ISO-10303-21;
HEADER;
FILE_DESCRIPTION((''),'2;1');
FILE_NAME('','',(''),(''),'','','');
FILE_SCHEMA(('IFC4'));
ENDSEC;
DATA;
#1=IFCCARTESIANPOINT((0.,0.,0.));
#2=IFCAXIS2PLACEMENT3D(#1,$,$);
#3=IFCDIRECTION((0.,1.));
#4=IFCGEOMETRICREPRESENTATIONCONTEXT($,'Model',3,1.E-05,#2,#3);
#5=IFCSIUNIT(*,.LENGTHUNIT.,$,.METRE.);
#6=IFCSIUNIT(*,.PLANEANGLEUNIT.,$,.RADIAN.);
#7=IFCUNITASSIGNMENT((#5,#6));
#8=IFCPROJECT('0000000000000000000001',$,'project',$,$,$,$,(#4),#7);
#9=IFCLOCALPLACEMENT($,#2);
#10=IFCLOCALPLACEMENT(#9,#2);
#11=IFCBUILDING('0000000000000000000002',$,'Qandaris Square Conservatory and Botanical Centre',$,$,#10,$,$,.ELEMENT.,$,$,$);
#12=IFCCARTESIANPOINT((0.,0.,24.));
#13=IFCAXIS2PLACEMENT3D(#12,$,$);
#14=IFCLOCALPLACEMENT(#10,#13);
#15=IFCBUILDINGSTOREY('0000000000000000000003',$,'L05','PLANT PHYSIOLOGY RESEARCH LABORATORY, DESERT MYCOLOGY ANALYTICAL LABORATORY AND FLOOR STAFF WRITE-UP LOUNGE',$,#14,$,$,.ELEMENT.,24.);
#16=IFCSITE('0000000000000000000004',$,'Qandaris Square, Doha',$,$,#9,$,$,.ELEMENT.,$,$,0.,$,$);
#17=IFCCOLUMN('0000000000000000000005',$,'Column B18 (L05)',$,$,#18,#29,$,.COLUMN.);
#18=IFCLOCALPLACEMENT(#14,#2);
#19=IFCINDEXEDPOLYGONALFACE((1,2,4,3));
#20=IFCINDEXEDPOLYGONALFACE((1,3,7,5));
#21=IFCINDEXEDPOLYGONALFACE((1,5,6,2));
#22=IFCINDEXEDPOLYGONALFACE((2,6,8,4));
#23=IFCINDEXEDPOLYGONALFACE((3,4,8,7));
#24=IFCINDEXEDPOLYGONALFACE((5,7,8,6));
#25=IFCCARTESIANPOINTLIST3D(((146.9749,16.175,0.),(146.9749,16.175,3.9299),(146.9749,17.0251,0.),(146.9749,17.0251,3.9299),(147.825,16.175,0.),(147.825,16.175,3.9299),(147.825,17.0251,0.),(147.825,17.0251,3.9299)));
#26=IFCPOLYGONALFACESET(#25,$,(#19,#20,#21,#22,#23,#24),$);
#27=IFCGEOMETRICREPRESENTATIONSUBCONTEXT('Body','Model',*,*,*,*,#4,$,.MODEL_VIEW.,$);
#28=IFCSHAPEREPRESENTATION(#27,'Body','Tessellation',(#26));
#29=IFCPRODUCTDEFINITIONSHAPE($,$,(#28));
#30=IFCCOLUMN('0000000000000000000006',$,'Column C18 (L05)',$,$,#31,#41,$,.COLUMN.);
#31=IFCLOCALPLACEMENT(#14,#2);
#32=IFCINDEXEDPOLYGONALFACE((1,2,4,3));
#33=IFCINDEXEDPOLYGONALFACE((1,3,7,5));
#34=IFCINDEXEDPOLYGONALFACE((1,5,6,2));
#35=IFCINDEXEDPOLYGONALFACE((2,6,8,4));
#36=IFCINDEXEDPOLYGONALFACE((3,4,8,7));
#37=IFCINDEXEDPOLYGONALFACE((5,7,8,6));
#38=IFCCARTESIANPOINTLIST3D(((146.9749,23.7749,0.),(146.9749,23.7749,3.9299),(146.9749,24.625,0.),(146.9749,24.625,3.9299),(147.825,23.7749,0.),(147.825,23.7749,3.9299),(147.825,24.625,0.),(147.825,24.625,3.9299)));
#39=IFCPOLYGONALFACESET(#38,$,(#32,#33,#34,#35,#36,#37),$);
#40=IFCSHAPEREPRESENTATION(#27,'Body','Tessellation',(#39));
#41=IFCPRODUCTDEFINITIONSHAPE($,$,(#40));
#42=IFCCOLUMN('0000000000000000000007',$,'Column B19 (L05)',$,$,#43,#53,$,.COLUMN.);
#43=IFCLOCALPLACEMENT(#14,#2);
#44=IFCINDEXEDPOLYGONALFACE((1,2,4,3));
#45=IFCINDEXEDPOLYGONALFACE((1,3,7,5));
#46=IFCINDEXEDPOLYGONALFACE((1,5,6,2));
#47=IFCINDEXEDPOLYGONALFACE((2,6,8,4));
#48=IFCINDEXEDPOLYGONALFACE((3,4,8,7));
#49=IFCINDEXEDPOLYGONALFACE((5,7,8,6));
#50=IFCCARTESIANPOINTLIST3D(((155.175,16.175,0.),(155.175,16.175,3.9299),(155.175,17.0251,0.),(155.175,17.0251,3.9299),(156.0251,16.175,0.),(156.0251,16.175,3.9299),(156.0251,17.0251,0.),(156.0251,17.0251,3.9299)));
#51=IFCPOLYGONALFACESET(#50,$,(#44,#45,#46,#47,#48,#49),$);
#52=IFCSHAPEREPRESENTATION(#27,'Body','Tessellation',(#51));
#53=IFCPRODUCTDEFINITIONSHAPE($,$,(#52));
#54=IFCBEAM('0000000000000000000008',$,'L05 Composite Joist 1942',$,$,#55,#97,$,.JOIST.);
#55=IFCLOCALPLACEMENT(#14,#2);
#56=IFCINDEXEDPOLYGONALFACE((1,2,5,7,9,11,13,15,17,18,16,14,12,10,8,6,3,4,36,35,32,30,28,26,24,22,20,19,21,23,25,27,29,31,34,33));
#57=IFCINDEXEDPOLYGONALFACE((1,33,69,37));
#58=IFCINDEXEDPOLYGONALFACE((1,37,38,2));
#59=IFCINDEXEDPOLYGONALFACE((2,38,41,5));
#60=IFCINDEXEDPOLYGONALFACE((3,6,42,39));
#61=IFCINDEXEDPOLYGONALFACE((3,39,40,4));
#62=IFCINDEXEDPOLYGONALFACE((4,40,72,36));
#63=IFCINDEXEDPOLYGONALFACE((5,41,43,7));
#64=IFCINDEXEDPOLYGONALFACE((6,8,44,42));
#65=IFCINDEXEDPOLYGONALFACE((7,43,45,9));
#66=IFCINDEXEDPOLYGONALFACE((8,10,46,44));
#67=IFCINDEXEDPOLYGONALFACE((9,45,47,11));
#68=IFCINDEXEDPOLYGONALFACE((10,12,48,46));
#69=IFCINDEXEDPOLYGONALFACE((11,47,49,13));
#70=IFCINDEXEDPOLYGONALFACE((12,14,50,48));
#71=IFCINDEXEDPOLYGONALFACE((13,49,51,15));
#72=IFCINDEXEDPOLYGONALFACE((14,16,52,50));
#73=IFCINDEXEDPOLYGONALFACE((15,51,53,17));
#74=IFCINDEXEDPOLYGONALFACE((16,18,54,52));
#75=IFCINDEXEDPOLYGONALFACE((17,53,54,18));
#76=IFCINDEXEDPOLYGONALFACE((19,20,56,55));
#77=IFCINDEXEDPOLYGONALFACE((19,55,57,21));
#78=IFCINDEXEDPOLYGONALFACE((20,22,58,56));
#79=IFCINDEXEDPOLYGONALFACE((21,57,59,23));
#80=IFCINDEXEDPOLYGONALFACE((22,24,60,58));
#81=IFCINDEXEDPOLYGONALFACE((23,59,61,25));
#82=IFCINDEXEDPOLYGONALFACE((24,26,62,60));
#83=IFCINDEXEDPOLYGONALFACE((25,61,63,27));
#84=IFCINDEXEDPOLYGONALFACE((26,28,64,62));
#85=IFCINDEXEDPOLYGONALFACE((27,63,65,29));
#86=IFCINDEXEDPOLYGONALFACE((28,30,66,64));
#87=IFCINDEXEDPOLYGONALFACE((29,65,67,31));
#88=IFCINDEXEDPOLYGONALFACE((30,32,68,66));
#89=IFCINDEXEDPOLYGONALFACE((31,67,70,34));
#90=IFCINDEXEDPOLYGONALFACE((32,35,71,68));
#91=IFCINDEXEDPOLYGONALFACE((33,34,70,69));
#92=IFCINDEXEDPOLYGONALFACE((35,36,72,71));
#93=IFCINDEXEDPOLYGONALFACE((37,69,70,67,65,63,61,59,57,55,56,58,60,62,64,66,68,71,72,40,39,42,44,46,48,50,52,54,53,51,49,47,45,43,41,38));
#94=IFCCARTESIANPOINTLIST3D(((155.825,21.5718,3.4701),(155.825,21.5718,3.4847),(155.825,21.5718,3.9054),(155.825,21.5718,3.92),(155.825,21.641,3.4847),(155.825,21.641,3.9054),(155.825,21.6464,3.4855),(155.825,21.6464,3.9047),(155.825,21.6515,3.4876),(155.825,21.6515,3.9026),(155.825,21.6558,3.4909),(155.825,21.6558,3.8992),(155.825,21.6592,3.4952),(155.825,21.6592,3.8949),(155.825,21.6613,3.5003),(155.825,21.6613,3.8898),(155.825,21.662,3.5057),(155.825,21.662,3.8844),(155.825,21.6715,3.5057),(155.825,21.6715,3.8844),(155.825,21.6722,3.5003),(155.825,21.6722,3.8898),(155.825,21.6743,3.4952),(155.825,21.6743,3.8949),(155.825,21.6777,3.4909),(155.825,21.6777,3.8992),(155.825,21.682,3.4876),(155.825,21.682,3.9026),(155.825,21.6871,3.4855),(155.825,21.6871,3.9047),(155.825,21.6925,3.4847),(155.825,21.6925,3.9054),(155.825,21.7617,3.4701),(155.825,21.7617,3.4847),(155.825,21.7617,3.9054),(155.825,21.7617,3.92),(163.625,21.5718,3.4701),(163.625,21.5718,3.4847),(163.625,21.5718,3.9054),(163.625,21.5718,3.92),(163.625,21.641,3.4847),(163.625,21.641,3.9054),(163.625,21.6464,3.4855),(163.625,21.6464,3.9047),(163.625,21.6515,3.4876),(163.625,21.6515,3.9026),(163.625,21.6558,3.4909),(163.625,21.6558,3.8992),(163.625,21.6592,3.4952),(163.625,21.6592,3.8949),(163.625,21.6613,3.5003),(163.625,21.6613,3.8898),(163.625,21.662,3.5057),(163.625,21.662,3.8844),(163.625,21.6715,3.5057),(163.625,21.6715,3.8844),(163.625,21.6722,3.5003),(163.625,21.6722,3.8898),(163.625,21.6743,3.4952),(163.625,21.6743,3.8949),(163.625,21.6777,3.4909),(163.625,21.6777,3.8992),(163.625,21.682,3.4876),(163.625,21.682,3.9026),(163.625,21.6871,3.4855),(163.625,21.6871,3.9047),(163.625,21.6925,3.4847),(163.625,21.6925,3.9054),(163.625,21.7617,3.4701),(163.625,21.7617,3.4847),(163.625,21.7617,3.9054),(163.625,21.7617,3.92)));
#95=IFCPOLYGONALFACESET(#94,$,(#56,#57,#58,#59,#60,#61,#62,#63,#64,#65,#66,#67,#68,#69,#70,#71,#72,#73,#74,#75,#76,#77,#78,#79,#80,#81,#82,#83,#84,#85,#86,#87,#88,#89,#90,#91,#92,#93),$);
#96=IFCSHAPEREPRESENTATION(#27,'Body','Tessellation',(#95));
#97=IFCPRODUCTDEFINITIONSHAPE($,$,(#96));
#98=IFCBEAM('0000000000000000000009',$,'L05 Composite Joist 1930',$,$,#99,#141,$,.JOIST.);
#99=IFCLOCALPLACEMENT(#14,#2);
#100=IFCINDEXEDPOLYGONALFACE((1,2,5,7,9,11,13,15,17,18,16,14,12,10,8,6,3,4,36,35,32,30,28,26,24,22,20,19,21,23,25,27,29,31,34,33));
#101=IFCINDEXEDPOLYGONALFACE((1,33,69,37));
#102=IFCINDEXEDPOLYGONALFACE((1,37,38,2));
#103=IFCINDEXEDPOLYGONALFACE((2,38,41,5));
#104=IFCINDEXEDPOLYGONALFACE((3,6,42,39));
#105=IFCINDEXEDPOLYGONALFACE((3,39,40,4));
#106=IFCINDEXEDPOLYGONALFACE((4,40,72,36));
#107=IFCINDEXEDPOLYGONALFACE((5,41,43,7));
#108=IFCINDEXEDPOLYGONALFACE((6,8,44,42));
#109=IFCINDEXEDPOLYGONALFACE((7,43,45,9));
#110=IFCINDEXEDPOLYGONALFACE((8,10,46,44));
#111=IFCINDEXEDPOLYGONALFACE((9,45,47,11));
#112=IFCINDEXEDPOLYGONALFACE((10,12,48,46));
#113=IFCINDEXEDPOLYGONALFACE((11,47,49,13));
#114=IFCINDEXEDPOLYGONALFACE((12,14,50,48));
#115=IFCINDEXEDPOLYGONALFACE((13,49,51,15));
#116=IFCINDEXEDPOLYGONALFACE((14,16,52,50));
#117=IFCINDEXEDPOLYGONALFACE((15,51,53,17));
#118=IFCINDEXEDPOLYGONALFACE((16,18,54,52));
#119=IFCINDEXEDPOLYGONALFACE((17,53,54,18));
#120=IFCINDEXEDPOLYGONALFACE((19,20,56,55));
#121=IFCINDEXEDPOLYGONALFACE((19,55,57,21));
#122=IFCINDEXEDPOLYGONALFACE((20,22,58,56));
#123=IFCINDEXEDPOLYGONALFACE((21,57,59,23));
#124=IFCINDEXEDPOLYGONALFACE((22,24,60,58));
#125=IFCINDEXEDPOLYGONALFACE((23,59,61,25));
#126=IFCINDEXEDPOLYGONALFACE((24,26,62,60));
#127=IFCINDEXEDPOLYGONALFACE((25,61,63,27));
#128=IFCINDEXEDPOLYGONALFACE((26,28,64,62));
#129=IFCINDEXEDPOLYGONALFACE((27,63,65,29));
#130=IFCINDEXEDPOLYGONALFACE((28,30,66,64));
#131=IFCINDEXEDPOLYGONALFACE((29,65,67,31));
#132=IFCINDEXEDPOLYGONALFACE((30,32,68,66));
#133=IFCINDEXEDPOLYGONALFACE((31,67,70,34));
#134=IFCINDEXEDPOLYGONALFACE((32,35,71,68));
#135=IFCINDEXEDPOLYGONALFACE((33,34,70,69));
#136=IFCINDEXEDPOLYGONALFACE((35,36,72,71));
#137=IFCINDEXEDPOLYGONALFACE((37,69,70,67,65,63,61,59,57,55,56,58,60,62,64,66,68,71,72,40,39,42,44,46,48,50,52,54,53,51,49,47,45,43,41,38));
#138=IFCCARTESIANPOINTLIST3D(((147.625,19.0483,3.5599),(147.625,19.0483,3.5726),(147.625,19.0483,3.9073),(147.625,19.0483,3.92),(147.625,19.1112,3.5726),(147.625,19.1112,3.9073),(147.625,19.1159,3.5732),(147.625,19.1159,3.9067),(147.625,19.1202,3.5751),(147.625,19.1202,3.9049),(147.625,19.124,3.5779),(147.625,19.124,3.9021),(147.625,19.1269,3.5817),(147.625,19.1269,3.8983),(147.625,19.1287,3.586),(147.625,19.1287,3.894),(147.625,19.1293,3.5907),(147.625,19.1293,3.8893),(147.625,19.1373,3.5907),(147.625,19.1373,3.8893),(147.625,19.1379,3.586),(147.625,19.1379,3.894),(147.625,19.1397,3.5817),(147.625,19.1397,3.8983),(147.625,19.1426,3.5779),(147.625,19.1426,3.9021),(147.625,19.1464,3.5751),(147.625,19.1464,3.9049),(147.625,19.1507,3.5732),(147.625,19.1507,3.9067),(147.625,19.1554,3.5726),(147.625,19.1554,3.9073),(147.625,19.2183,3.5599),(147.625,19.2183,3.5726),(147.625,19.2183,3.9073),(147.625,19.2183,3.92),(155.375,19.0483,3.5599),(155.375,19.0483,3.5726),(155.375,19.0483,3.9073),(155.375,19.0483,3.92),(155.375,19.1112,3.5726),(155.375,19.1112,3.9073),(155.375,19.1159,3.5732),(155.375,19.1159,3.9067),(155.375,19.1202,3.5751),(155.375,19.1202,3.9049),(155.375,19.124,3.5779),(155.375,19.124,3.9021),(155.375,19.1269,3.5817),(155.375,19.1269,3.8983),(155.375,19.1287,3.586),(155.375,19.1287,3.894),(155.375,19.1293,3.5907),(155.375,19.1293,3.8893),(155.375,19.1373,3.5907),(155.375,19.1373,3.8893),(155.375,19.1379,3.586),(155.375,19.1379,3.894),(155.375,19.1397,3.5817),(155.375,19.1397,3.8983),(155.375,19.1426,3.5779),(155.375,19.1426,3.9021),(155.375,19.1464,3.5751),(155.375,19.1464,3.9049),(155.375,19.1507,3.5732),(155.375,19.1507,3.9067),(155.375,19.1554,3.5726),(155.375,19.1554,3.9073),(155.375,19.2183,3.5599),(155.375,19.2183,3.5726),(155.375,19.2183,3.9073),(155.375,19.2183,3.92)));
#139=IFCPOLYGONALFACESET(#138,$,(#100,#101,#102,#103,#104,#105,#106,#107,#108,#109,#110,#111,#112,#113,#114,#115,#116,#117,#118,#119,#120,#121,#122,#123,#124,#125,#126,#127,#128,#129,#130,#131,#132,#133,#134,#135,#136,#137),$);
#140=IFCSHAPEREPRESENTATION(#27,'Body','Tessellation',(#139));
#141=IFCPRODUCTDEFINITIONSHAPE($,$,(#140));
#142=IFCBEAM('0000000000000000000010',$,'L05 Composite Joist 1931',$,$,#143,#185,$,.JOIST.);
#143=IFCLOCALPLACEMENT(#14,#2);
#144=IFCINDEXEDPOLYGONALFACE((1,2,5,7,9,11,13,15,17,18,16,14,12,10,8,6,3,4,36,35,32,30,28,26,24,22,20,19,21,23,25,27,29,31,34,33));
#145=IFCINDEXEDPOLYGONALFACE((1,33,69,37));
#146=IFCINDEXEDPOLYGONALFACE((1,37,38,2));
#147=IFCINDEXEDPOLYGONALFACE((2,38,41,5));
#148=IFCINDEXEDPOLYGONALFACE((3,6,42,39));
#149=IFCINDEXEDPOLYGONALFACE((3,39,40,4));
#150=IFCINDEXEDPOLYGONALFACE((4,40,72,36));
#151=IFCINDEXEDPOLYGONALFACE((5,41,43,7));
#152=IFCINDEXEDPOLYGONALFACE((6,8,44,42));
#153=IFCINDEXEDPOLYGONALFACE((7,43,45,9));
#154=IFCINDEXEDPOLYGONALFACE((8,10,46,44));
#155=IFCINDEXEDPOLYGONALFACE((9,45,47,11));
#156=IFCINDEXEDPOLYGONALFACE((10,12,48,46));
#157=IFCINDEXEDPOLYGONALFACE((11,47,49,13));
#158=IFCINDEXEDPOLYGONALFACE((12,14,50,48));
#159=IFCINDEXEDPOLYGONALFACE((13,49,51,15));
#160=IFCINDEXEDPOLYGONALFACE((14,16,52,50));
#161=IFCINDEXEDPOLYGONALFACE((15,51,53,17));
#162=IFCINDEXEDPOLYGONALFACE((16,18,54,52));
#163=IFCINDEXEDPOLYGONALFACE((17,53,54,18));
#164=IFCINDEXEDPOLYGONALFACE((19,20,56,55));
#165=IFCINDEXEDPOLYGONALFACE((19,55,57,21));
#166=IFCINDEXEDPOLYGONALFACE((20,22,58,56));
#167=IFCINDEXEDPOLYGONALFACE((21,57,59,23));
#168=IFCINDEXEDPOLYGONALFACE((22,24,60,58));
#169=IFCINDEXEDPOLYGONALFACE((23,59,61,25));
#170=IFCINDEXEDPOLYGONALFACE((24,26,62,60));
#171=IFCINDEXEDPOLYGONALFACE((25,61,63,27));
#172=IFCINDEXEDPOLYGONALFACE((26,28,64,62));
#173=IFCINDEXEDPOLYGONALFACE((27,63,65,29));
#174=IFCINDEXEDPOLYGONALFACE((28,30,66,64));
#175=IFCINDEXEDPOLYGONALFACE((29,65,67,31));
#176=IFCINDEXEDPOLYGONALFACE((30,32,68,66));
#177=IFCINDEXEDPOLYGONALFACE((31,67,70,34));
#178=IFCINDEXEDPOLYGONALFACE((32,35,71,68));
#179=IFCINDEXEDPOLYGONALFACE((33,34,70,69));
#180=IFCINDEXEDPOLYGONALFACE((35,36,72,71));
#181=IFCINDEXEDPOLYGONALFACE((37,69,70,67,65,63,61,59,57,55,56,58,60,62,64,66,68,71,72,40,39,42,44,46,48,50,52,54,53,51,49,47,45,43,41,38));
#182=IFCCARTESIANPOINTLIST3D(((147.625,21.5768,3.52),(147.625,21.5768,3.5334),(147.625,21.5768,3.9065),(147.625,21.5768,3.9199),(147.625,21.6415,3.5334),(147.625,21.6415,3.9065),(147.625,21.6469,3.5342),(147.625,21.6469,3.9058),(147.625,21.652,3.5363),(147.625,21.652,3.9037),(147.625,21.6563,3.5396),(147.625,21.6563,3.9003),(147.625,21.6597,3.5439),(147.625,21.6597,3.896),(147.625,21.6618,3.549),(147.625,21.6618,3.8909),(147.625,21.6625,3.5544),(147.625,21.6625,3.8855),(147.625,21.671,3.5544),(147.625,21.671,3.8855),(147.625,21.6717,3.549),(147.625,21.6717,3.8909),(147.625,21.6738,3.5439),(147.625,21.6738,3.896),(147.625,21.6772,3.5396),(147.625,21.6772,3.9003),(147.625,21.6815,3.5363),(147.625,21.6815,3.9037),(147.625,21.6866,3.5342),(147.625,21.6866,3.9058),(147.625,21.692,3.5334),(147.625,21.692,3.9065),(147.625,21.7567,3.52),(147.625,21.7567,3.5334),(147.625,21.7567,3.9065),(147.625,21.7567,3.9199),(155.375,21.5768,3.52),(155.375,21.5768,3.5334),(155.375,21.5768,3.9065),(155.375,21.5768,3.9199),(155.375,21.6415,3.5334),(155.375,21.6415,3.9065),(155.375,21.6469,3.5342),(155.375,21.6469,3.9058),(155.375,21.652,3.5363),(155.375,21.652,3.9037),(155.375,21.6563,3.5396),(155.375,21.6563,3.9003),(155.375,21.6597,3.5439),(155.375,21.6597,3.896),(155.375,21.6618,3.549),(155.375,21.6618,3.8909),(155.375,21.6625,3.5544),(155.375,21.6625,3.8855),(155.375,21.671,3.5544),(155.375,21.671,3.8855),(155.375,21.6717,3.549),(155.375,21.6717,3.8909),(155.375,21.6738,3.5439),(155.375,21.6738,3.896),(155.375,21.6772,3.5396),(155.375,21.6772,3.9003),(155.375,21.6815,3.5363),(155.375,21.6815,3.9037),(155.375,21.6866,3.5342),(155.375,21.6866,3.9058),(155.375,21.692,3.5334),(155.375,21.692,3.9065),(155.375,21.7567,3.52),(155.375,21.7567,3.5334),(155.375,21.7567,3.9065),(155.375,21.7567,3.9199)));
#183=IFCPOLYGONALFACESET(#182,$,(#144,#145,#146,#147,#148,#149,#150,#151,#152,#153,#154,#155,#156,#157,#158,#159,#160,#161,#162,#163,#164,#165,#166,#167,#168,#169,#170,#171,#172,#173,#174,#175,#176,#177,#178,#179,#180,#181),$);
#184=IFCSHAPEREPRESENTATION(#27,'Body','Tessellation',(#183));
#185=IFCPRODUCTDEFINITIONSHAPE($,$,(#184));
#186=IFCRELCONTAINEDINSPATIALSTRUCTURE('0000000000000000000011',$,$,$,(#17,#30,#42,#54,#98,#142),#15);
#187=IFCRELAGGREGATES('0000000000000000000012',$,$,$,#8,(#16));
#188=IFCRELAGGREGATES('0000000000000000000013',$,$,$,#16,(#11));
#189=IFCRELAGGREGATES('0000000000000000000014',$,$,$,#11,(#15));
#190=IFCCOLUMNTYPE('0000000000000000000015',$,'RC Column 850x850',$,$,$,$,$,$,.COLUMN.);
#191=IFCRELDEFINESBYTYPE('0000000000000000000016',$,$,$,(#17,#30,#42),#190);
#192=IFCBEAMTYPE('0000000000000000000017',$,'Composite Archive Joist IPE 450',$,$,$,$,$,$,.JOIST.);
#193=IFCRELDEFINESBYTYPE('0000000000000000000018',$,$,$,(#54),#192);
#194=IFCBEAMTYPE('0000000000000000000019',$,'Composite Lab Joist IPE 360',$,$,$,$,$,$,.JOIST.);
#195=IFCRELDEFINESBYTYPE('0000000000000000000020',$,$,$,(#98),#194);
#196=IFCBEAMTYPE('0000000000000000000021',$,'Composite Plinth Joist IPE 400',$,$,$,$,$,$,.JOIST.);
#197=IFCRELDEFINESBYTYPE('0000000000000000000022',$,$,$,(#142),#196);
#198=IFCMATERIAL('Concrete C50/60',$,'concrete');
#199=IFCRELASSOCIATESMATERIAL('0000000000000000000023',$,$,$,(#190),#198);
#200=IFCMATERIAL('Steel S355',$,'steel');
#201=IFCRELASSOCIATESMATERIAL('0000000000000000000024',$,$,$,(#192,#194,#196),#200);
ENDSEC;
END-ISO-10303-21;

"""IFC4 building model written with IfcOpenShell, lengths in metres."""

from ifc_helpers import new_model, si_unit, direction, frame, origin, origin_2d, place, context, subcontext, project, spatial, rectangle, i_section, extrude, material, material_profile, profile_set, type_object, element, save


model = new_model("IFC4")

# Units and contexts
model_context = context("Model", 3, precision=1e-05, world=origin(), true_north=direction((0.0, 1.0)))
body_context = subcontext(model_context, "Body", "Model", "MODEL_VIEW")
ifc_project = project(units=[si_unit("LENGTHUNIT", "METRE"), si_unit("PLANEANGLEUNIT", "RADIAN")], contexts=[model_context])

# Site, building, storey
site_placement = place(None, origin())
site = spatial("IfcSite", under=ifc_project, at=site_placement, Name="Qandaris Square, Doha", CompositionType="ELEMENT", RefElevation=0.0)
building_placement = place(site_placement, origin())
building = spatial("IfcBuilding", under=site, at=building_placement, Name="Qandaris Square Conservatory and Botanical Centre", CompositionType="ELEMENT")
storey_placement = place(building_placement, frame((0.0, 0.0, 24.0)))
storey = spatial("IfcBuildingStorey", under=building, at=storey_placement, Name="L05", Description="PLANT PHYSIOLOGY RESEARCH LABORATORY, DESERT MYCOLOGY ANALYTICAL LABORATORY AND FLOOR STAFF WRITE-UP LOUNGE", CompositionType="ELEMENT", Elevation=24.0)

# Columns
ifc_material_1 = material(Name="Concrete C50/60", Category="concrete")
ifc_material_profile_1 = material_profile(ifc_material_1, rectangle(XDim=0.8501, YDim=0.8501, at=origin_2d()), Name="RC-COL 850x850")
ifc_profile_set_1 = profile_set([ifc_material_profile_1], Name="Concrete C50/60")
column_type = type_object("IfcColumnType", Name="RC Column 850x850", PredefinedType="COLUMN", material=ifc_profile_set_1)
for number, where, z_axis, x_axis, name in (
    (1, (147.3999, 16.6001, 0.0), (0.0, 0.0, 1.0), (1.0, 0.0, 0.0), "Column B18 (L05)"),
    (2, (147.3999, 24.2, 0.0), (0.0, 0.0, 1.0), (1.0, 0.0, 0.0), "Column C18 (L05)"),
    (3, (155.6001, 16.6001, 0.0), (0.0, 0.0, 1.0), (1.0, 0.0, 0.0), "Column B19 (L05)"),
):
    element("IfcColumn", number, at=place(storey_placement, frame(where, z_axis=z_axis, x_axis=x_axis)), inside=storey, type_object=column_type, Name=name, PredefinedType="COLUMN", context=body_context, shape_type="SweptSolid", body=[
        extrude(rectangle(XDim=0.8501, YDim=0.8501, at=origin_2d()), origin(), (0.0, 0.0, 1.0), 3.9299),
    ])

# Beams
ifc_material_2 = material(Name="Steel S355", Category="steel")
ifc_material_profile_2 = material_profile(ifc_material_2, i_section(OverallWidth=0.1899, OverallDepth=0.45, WebThickness=0.0095, FlangeThickness=0.0146, FilletRadius=0.021, at=origin_2d()), Name="IPE 450")
ifc_profile_set_2 = profile_set([ifc_material_profile_2], Name="Steel S355")
beam_type_1 = type_object("IfcBeamType", Name="Composite Archive Joist IPE 450", PredefinedType="JOIST", material=ifc_profile_set_2)
beam_1_placement = place(storey_placement, frame((155.825, 21.6667, 3.6951), z_axis=(1.0, 0.0, 0.0), x_axis=(0.0, 1.0, 0.0)))
element("IfcBeam", 4, at=beam_1_placement, inside=storey, type_object=beam_type_1, Name="L05 Composite Joist 1942", PredefinedType="JOIST", context=body_context, shape_type="SweptSolid", body=[
    extrude(i_section(OverallWidth=0.1899, OverallDepth=0.45, WebThickness=0.0095, FlangeThickness=0.0146, FilletRadius=0.021, at=origin_2d()), origin(), (0.0, 0.0, 1.0), 7.8),
])
ifc_material_profile_3 = material_profile(ifc_material_2, i_section(OverallWidth=0.1699, OverallDepth=0.3601, WebThickness=0.0081, FlangeThickness=0.0127, FilletRadius=0.0181, at=origin_2d()), Name="IPE 360")
ifc_profile_set_3 = profile_set([ifc_material_profile_3], Name="Steel S355")
beam_type_2 = type_object("IfcBeamType", Name="Composite Lab Joist IPE 360", PredefinedType="JOIST", material=ifc_profile_set_3)
beam_2_placement = place(storey_placement, frame((147.625, 19.1333, 3.74), z_axis=(1.0, 0.0, 0.0), x_axis=(0.0, 1.0, 0.0)))
element("IfcBeam", 5, at=beam_2_placement, inside=storey, type_object=beam_type_2, Name="L05 Composite Joist 1930", PredefinedType="JOIST", context=body_context, shape_type="SweptSolid", body=[
    extrude(i_section(OverallWidth=0.1699, OverallDepth=0.3601, WebThickness=0.0081, FlangeThickness=0.0127, FilletRadius=0.0181, at=origin_2d()), origin(), (0.0, 0.0, 1.0), 7.75),
])
ifc_material_profile_4 = material_profile(ifc_material_2, i_section(OverallWidth=0.1799, OverallDepth=0.3999, WebThickness=0.0085, FlangeThickness=0.0134, FilletRadius=0.021, at=origin_2d()), Name="IPE 400")
ifc_profile_set_4 = profile_set([ifc_material_profile_4], Name="Steel S355")
beam_type_3 = type_object("IfcBeamType", Name="Composite Plinth Joist IPE 400", PredefinedType="JOIST", material=ifc_profile_set_4)
beam_3_placement = place(storey_placement, frame((147.625, 21.6667, 3.72), z_axis=(1.0, 0.0, 0.0), x_axis=(0.0, 1.0, 0.0)))
element("IfcBeam", 6, at=beam_3_placement, inside=storey, type_object=beam_type_3, Name="L05 Composite Joist 1931", PredefinedType="JOIST", context=body_context, shape_type="SweptSolid", body=[
    extrude(i_section(OverallWidth=0.1799, OverallDepth=0.3999, WebThickness=0.0085, FlangeThickness=0.0134, FilletRadius=0.021, at=origin_2d()), origin(), (0.0, 0.0, 1.0), 7.75),
])

save(model, "model.ifc")
